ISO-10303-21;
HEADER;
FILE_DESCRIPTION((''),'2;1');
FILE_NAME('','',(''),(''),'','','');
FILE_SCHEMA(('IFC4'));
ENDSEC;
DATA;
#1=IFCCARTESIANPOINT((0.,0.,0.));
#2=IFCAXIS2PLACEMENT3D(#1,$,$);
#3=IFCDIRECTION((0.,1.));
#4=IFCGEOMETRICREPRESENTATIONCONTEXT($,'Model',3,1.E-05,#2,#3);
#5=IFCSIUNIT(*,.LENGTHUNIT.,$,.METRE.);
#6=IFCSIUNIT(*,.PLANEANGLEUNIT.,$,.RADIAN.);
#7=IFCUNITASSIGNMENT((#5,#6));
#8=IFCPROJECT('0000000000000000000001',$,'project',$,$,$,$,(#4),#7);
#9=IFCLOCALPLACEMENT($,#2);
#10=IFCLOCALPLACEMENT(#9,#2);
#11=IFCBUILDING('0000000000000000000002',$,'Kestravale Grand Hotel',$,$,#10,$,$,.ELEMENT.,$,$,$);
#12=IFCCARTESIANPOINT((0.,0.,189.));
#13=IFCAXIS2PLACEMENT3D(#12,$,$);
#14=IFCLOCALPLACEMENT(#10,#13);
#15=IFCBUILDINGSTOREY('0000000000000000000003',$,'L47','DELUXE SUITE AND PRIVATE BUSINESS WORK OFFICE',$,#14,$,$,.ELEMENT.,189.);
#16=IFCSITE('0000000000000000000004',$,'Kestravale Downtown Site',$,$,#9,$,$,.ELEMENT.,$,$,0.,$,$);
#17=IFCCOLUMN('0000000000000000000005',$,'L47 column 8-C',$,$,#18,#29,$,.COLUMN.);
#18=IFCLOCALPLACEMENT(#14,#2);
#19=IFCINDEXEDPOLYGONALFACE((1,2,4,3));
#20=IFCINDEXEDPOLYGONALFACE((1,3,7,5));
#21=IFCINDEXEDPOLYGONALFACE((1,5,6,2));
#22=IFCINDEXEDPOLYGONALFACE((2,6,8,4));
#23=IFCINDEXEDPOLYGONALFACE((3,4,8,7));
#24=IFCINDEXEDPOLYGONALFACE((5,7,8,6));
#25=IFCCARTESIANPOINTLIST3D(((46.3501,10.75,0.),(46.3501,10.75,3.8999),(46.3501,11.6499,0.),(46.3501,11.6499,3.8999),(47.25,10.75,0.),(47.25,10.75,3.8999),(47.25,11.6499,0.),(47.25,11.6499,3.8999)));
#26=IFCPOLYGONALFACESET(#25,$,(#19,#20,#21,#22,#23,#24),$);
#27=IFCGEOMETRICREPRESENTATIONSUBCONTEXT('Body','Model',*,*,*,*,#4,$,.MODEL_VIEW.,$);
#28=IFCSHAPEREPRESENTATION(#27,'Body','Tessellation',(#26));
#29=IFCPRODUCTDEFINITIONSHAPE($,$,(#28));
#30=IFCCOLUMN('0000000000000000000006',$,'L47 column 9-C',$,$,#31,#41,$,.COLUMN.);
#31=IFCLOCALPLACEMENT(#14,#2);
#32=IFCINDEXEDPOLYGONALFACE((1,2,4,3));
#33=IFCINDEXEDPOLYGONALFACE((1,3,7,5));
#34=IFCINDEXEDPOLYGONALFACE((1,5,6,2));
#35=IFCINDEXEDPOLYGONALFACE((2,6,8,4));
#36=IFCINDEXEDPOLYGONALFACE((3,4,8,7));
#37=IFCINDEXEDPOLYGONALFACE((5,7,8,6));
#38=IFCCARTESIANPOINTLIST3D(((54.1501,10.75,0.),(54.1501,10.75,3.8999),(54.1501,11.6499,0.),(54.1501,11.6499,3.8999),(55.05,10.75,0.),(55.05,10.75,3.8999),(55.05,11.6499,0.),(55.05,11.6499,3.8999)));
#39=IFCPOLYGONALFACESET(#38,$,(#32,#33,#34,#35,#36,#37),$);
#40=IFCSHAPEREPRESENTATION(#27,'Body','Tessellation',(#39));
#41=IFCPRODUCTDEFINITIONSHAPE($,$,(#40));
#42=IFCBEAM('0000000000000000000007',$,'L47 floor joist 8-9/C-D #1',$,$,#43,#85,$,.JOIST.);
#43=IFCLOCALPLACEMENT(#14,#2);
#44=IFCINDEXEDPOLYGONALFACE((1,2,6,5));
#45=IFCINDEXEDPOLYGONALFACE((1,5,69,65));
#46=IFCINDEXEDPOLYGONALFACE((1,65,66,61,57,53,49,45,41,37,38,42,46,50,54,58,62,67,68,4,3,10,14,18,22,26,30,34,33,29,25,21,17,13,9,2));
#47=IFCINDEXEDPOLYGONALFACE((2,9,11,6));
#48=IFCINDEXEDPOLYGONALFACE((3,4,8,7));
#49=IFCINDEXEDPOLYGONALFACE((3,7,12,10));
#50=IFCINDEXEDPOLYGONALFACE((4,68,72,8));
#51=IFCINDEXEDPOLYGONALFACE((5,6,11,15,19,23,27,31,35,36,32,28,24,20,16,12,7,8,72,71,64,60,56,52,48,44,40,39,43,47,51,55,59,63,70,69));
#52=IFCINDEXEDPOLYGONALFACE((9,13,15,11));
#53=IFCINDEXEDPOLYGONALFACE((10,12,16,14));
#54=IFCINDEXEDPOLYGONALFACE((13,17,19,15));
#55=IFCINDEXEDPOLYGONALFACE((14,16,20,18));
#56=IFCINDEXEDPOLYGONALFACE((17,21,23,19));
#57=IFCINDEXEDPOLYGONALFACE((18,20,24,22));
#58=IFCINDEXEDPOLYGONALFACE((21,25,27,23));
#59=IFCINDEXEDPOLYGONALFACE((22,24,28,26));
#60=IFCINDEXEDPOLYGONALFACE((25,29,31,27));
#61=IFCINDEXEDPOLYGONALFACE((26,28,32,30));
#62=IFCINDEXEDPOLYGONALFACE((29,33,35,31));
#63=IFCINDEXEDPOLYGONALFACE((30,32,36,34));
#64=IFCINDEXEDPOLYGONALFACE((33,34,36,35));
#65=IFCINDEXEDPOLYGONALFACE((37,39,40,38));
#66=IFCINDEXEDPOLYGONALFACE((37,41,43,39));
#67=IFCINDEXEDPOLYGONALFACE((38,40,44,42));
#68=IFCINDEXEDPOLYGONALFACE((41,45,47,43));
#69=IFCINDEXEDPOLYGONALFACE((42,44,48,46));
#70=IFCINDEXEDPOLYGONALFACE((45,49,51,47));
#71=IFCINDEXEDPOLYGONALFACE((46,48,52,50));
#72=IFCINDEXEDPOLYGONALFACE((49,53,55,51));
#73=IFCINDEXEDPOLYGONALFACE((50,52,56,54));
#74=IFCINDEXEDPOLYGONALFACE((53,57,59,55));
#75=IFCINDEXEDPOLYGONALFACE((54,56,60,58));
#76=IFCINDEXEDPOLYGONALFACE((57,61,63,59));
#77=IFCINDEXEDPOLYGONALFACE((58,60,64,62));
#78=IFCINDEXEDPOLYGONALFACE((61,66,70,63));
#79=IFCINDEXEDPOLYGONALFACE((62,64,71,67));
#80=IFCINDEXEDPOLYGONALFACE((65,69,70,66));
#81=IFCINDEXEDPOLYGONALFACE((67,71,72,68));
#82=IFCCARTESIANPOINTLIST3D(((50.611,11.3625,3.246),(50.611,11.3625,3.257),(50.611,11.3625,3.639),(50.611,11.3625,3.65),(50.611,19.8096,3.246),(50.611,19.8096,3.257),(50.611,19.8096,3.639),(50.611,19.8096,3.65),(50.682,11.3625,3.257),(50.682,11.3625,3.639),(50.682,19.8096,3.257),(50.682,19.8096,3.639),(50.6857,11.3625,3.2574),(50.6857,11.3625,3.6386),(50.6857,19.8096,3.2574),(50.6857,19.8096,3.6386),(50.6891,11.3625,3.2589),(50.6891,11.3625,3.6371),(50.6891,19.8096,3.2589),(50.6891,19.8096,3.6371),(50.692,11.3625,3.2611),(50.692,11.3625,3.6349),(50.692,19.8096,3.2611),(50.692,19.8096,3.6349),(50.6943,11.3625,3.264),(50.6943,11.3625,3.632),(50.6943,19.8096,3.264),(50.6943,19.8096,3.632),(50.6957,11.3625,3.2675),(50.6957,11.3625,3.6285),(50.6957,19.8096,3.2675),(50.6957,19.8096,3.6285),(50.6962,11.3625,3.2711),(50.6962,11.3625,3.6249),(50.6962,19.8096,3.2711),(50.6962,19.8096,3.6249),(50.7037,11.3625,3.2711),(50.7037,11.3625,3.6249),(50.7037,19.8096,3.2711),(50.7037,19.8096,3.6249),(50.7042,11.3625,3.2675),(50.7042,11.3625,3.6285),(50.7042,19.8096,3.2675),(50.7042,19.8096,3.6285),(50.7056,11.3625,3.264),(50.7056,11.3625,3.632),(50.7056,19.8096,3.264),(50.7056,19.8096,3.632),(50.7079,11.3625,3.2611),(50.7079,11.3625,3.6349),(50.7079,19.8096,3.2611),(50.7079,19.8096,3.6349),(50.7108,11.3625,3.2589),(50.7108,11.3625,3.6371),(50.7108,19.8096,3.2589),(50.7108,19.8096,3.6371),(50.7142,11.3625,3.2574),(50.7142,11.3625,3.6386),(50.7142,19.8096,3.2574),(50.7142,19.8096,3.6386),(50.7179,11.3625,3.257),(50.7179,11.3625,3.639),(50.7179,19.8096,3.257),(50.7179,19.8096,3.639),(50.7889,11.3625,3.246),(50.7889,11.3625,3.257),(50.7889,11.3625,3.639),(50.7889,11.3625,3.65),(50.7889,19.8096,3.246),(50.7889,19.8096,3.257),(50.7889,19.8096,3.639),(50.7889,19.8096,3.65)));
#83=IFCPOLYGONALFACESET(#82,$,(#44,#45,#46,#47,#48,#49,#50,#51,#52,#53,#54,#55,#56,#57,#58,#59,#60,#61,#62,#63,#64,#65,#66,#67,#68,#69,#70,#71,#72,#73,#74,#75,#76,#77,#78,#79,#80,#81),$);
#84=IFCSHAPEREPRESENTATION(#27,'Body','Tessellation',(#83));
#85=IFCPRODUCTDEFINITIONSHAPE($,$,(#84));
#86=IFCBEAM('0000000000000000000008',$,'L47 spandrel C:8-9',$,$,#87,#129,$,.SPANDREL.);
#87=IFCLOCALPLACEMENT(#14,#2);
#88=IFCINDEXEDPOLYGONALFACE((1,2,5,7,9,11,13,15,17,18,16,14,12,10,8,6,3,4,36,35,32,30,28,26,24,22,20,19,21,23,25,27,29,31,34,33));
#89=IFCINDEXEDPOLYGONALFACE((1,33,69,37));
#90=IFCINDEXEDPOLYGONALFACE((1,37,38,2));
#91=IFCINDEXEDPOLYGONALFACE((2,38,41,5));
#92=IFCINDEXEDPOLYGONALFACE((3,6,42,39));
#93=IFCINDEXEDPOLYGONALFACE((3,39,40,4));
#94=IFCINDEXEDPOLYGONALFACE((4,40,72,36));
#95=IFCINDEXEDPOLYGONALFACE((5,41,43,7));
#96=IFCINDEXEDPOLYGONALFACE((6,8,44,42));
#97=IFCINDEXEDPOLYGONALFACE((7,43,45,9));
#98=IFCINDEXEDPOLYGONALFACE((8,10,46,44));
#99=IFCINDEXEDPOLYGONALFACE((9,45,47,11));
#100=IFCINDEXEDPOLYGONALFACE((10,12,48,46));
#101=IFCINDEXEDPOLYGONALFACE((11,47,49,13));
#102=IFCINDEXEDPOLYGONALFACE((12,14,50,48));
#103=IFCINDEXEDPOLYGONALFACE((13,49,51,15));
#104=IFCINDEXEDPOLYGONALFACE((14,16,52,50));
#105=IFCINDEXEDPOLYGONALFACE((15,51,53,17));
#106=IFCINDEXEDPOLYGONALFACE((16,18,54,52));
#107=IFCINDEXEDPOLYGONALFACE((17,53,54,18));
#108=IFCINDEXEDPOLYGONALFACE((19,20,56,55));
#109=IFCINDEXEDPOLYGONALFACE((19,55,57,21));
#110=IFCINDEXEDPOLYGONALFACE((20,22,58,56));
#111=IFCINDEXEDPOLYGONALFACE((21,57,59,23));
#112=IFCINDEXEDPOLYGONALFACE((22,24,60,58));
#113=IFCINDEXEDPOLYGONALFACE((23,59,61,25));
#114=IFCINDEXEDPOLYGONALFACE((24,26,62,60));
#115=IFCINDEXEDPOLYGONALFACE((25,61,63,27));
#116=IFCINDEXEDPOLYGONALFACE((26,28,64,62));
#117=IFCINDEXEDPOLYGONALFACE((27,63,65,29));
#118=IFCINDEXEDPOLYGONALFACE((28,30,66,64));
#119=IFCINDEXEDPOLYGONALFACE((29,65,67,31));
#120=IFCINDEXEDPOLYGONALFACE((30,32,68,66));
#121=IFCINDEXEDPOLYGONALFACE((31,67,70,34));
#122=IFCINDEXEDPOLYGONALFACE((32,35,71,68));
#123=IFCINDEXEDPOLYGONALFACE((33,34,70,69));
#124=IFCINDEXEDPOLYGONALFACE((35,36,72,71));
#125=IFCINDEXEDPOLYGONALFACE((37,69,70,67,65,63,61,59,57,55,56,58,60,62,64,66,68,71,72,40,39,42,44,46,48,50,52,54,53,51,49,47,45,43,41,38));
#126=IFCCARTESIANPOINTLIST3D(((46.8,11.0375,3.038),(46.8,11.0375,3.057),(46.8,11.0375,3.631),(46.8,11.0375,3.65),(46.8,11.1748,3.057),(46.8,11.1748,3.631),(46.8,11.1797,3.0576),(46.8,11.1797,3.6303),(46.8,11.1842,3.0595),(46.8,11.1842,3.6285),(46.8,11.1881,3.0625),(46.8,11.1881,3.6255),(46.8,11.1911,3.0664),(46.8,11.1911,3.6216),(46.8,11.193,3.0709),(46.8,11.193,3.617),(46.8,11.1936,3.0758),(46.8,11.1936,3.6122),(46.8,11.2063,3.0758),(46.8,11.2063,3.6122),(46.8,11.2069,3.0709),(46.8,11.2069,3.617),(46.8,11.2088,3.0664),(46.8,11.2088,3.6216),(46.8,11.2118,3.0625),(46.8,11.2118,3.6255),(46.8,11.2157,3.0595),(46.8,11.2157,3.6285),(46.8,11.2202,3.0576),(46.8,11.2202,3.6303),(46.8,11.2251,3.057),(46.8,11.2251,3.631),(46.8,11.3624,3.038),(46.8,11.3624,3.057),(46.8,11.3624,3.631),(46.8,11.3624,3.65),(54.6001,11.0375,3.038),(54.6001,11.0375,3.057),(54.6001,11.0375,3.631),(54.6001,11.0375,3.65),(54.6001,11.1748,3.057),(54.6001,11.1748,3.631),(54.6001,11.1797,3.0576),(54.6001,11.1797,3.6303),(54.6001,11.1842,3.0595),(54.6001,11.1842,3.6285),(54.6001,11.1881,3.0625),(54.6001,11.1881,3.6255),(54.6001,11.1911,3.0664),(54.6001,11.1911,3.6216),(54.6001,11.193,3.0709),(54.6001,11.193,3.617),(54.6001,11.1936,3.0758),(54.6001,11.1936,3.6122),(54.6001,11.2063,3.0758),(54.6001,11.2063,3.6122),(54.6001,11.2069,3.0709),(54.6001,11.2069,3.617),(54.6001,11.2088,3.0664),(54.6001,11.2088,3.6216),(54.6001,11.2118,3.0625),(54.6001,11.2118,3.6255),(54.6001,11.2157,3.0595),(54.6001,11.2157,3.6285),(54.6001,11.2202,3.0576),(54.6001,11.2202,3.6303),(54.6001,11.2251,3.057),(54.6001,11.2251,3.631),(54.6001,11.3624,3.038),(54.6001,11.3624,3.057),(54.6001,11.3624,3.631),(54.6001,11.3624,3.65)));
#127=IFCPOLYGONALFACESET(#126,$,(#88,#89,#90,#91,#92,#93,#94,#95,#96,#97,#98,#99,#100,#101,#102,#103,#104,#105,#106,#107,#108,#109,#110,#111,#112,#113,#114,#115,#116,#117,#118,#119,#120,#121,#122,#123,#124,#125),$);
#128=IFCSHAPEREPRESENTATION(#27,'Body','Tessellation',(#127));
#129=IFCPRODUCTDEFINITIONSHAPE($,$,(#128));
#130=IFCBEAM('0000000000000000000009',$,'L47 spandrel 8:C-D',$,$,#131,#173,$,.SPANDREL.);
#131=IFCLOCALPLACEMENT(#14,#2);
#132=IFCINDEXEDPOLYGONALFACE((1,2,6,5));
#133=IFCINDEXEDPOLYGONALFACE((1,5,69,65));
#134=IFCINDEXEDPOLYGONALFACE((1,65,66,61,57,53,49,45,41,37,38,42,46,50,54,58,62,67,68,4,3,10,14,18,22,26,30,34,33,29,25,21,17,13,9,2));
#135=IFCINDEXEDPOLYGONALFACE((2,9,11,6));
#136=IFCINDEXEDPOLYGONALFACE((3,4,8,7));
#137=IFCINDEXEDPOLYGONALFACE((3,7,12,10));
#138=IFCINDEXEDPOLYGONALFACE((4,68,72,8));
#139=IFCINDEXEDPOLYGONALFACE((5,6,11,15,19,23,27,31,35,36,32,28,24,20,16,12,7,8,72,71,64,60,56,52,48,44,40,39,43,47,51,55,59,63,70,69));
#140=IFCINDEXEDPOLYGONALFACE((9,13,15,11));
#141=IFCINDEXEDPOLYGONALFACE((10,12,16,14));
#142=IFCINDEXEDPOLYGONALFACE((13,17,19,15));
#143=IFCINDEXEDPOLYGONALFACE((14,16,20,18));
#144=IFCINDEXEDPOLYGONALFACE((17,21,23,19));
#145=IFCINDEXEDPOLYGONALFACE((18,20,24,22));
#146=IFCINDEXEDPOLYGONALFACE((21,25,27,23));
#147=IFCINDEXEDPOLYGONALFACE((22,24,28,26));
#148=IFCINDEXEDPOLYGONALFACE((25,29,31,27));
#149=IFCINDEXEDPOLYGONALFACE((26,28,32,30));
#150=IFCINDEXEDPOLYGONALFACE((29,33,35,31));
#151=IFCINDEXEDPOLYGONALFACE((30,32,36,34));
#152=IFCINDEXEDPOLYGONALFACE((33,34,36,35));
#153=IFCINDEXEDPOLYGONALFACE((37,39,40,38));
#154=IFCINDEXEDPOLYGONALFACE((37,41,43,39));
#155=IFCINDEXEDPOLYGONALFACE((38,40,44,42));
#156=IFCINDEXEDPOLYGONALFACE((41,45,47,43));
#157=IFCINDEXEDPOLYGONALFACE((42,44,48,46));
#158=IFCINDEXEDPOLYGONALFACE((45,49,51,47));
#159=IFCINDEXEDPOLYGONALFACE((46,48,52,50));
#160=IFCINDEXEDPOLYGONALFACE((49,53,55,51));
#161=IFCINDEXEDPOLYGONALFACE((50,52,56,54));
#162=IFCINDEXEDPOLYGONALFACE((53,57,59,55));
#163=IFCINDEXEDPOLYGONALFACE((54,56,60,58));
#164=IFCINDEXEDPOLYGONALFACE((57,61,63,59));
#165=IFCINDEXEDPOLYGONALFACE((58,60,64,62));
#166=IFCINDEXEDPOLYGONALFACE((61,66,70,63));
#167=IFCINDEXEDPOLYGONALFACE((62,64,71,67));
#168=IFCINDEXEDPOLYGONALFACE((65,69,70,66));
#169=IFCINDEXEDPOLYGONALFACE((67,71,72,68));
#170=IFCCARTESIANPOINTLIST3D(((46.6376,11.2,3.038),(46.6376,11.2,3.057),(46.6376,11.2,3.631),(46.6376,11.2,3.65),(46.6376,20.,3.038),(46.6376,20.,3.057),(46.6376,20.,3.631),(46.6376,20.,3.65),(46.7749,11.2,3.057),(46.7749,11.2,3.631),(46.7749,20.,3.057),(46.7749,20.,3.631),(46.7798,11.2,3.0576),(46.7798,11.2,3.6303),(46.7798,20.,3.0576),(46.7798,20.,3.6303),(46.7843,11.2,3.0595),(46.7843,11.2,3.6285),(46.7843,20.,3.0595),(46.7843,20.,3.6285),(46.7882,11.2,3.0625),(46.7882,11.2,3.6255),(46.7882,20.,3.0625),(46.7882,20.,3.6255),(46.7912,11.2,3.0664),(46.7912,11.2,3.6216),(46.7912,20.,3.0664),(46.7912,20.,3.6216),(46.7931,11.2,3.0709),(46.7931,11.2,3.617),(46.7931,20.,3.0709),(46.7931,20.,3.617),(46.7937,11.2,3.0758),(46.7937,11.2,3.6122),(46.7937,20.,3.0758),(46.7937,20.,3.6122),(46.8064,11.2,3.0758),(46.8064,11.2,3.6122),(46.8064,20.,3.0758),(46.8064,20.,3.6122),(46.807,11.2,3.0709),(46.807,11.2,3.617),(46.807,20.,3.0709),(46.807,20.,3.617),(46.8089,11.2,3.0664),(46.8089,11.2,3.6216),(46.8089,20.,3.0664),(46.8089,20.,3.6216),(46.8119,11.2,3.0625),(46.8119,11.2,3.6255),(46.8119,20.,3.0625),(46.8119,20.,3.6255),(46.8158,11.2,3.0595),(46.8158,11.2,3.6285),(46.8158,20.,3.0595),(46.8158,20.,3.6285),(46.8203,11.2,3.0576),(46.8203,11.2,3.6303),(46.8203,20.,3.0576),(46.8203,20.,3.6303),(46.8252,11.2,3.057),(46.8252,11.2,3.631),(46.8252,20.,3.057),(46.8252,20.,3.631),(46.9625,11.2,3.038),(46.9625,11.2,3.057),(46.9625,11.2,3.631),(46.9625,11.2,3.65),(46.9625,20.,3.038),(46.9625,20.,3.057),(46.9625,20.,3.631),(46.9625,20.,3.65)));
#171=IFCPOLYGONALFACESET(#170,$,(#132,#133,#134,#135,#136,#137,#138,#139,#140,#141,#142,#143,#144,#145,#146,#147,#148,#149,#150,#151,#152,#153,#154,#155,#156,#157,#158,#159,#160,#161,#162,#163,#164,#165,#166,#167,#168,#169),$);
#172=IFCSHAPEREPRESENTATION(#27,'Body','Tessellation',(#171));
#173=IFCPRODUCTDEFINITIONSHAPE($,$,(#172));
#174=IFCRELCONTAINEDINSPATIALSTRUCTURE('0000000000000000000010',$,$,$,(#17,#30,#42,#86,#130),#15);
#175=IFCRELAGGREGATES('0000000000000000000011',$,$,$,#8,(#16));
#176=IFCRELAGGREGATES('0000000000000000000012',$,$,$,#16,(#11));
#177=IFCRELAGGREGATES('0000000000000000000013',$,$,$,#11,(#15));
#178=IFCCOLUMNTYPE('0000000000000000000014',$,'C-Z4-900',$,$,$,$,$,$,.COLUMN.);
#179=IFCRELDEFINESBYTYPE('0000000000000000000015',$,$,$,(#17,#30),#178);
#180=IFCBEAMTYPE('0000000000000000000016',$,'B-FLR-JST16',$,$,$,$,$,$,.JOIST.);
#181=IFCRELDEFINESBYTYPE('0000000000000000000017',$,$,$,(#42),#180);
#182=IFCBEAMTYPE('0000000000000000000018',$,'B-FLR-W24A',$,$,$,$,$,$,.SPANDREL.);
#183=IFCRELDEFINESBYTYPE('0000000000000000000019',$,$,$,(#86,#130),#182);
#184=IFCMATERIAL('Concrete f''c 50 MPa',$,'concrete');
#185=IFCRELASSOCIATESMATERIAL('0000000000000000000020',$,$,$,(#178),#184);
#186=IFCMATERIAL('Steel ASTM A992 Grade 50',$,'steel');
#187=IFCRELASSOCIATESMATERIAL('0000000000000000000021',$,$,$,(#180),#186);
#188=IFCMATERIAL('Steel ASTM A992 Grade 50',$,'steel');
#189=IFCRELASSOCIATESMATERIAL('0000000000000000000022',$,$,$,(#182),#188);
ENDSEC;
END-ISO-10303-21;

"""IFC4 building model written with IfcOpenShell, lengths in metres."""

from ifc_helpers import new_model, si_unit, direction, frame, origin, origin_2d, place, context, subcontext, project, spatial, rectangle, i_section, extrude, material, material_profile, profile_set, type_object, element, save


model = new_model("IFC4")

# Units and contexts
model_context = context("Model", 3, precision=1e-05, world=origin(), true_north=direction((0.0, 1.0)))
body_context = subcontext(model_context, "Body", "Model", "MODEL_VIEW")
ifc_project = project(units=[si_unit("LENGTHUNIT", "METRE"), si_unit("PLANEANGLEUNIT", "RADIAN")], contexts=[model_context])

# Site, building, storey
site_placement = place(None, origin())
site = spatial("IfcSite", under=ifc_project, at=site_placement, Name="Kestravale Downtown Site", CompositionType="ELEMENT", RefElevation=0.0)
building_placement = place(site_placement, origin())
building = spatial("IfcBuilding", under=site, at=building_placement, Name="Kestravale Grand Hotel", CompositionType="ELEMENT")
storey_placement = place(building_placement, frame((0.0, 0.0, 189.0)))
storey = spatial("IfcBuildingStorey", under=building, at=storey_placement, Name="L47", Description="DELUXE SUITE AND PRIVATE BUSINESS WORK OFFICE", CompositionType="ELEMENT", Elevation=189.0)

# Columns
ifc_material_1 = material(Name="Concrete f'c 50 MPa", Category="concrete")
ifc_material_profile_1 = material_profile(ifc_material_1, rectangle(XDim=0.8999, YDim=0.8999, at=origin_2d()))
ifc_profile_set_1 = profile_set([ifc_material_profile_1], Name="Concrete f'c 50 MPa")
column_type = type_object("IfcColumnType", Name="C-Z4-900", PredefinedType="COLUMN", material=ifc_profile_set_1)
for number, where, z_axis, x_axis, name in (
    (1, (46.8, 11.2, 0.0), (0.0, 0.0, 1.0), (1.0, 0.0, 0.0), "L47 column 8-C"),
    (2, (54.6001, 11.2, 0.0), (0.0, 0.0, 1.0), (1.0, 0.0, 0.0), "L47 column 9-C"),
):
    element("IfcColumn", number, at=place(storey_placement, frame(where, z_axis=z_axis, x_axis=x_axis)), inside=storey, type_object=column_type, Name=name, PredefinedType="COLUMN", context=body_context, shape_type="SweptSolid", body=[
        extrude(rectangle(XDim=0.8999, YDim=0.8999, at=origin_2d()), origin(), (0.0, 0.0, 1.0), 3.8999),
    ])

# Beams
ifc_material_2 = material(Name="Steel ASTM A992 Grade 50", Category="steel")
ifc_material_profile_2 = material_profile(ifc_material_2, i_section(OverallWidth=0.178, OverallDepth=0.4041, WebThickness=0.0076, FlangeThickness=0.011, FilletRadius=0.0142, at=origin_2d()))
ifc_profile_set_2 = profile_set([ifc_material_profile_2], Name="Steel ASTM A992 Grade 50")
beam_type_1 = type_object("IfcBeamType", Name="B-FLR-JST16", PredefinedType="JOIST", material=ifc_profile_set_2)
beam_1_placement = place(storey_placement, frame((50.7, 11.3625, 3.448), z_axis=(0.0, 1.0, 0.0), x_axis=(-1.0, 0.0, 0.0)))
element("IfcBeam", 3, at=beam_1_placement, inside=storey, type_object=beam_type_1, Name="L47 floor joist 8-9/C-D #1", PredefinedType="JOIST", context=body_context, shape_type="SweptSolid", body=[
    extrude(i_section(OverallWidth=0.178, OverallDepth=0.4041, WebThickness=0.0076, FlangeThickness=0.011, FilletRadius=0.0142, at=origin_2d()), origin(), (0.0, 0.0, 1.0), 8.447),
])
ifc_material_3 = material(Name="Steel ASTM A992 Grade 50", Category="steel")
ifc_material_profile_3 = material_profile(ifc_material_3, i_section(OverallWidth=0.325, OverallDepth=0.6121, WebThickness=0.0127, FlangeThickness=0.019, FilletRadius=0.0188, at=origin_2d()))
ifc_profile_set_3 = profile_set([ifc_material_profile_3], Name="Steel ASTM A992 Grade 50")
beam_type_2 = type_object("IfcBeamType", Name="B-FLR-W24A", PredefinedType="SPANDREL", material=ifc_profile_set_3)
beam_2_placement = place(storey_placement, frame((46.8, 11.2, 3.344), z_axis=(1.0, 0.0, 0.0), x_axis=(0.0, 1.0, 0.0)))
element("IfcBeam", 4, at=beam_2_placement, inside=storey, type_object=beam_type_2, Name="L47 spandrel C:8-9", PredefinedType="SPANDREL", context=body_context, shape_type="SweptSolid", body=[
    extrude(i_section(OverallWidth=0.325, OverallDepth=0.6121, WebThickness=0.0127, FlangeThickness=0.019, FilletRadius=0.0188, at=origin_2d()), origin(), (0.0, 0.0, 1.0), 7.8),
])
beam_3_placement = place(storey_placement, frame((46.8, 11.2, 3.344), z_axis=(0.0, 1.0, 0.0), x_axis=(-1.0, 0.0, 0.0)))
element("IfcBeam", 5, at=beam_3_placement, inside=storey, type_object=beam_type_2, Name="L47 spandrel 8:C-D", PredefinedType="SPANDREL", context=body_context, shape_type="SweptSolid", body=[
    extrude(i_section(OverallWidth=0.325, OverallDepth=0.6121, WebThickness=0.0127, FlangeThickness=0.019, FilletRadius=0.0188, at=origin_2d()), origin(), (0.0, 0.0, 1.0), 8.8),
])

save(model, "model.ifc")
